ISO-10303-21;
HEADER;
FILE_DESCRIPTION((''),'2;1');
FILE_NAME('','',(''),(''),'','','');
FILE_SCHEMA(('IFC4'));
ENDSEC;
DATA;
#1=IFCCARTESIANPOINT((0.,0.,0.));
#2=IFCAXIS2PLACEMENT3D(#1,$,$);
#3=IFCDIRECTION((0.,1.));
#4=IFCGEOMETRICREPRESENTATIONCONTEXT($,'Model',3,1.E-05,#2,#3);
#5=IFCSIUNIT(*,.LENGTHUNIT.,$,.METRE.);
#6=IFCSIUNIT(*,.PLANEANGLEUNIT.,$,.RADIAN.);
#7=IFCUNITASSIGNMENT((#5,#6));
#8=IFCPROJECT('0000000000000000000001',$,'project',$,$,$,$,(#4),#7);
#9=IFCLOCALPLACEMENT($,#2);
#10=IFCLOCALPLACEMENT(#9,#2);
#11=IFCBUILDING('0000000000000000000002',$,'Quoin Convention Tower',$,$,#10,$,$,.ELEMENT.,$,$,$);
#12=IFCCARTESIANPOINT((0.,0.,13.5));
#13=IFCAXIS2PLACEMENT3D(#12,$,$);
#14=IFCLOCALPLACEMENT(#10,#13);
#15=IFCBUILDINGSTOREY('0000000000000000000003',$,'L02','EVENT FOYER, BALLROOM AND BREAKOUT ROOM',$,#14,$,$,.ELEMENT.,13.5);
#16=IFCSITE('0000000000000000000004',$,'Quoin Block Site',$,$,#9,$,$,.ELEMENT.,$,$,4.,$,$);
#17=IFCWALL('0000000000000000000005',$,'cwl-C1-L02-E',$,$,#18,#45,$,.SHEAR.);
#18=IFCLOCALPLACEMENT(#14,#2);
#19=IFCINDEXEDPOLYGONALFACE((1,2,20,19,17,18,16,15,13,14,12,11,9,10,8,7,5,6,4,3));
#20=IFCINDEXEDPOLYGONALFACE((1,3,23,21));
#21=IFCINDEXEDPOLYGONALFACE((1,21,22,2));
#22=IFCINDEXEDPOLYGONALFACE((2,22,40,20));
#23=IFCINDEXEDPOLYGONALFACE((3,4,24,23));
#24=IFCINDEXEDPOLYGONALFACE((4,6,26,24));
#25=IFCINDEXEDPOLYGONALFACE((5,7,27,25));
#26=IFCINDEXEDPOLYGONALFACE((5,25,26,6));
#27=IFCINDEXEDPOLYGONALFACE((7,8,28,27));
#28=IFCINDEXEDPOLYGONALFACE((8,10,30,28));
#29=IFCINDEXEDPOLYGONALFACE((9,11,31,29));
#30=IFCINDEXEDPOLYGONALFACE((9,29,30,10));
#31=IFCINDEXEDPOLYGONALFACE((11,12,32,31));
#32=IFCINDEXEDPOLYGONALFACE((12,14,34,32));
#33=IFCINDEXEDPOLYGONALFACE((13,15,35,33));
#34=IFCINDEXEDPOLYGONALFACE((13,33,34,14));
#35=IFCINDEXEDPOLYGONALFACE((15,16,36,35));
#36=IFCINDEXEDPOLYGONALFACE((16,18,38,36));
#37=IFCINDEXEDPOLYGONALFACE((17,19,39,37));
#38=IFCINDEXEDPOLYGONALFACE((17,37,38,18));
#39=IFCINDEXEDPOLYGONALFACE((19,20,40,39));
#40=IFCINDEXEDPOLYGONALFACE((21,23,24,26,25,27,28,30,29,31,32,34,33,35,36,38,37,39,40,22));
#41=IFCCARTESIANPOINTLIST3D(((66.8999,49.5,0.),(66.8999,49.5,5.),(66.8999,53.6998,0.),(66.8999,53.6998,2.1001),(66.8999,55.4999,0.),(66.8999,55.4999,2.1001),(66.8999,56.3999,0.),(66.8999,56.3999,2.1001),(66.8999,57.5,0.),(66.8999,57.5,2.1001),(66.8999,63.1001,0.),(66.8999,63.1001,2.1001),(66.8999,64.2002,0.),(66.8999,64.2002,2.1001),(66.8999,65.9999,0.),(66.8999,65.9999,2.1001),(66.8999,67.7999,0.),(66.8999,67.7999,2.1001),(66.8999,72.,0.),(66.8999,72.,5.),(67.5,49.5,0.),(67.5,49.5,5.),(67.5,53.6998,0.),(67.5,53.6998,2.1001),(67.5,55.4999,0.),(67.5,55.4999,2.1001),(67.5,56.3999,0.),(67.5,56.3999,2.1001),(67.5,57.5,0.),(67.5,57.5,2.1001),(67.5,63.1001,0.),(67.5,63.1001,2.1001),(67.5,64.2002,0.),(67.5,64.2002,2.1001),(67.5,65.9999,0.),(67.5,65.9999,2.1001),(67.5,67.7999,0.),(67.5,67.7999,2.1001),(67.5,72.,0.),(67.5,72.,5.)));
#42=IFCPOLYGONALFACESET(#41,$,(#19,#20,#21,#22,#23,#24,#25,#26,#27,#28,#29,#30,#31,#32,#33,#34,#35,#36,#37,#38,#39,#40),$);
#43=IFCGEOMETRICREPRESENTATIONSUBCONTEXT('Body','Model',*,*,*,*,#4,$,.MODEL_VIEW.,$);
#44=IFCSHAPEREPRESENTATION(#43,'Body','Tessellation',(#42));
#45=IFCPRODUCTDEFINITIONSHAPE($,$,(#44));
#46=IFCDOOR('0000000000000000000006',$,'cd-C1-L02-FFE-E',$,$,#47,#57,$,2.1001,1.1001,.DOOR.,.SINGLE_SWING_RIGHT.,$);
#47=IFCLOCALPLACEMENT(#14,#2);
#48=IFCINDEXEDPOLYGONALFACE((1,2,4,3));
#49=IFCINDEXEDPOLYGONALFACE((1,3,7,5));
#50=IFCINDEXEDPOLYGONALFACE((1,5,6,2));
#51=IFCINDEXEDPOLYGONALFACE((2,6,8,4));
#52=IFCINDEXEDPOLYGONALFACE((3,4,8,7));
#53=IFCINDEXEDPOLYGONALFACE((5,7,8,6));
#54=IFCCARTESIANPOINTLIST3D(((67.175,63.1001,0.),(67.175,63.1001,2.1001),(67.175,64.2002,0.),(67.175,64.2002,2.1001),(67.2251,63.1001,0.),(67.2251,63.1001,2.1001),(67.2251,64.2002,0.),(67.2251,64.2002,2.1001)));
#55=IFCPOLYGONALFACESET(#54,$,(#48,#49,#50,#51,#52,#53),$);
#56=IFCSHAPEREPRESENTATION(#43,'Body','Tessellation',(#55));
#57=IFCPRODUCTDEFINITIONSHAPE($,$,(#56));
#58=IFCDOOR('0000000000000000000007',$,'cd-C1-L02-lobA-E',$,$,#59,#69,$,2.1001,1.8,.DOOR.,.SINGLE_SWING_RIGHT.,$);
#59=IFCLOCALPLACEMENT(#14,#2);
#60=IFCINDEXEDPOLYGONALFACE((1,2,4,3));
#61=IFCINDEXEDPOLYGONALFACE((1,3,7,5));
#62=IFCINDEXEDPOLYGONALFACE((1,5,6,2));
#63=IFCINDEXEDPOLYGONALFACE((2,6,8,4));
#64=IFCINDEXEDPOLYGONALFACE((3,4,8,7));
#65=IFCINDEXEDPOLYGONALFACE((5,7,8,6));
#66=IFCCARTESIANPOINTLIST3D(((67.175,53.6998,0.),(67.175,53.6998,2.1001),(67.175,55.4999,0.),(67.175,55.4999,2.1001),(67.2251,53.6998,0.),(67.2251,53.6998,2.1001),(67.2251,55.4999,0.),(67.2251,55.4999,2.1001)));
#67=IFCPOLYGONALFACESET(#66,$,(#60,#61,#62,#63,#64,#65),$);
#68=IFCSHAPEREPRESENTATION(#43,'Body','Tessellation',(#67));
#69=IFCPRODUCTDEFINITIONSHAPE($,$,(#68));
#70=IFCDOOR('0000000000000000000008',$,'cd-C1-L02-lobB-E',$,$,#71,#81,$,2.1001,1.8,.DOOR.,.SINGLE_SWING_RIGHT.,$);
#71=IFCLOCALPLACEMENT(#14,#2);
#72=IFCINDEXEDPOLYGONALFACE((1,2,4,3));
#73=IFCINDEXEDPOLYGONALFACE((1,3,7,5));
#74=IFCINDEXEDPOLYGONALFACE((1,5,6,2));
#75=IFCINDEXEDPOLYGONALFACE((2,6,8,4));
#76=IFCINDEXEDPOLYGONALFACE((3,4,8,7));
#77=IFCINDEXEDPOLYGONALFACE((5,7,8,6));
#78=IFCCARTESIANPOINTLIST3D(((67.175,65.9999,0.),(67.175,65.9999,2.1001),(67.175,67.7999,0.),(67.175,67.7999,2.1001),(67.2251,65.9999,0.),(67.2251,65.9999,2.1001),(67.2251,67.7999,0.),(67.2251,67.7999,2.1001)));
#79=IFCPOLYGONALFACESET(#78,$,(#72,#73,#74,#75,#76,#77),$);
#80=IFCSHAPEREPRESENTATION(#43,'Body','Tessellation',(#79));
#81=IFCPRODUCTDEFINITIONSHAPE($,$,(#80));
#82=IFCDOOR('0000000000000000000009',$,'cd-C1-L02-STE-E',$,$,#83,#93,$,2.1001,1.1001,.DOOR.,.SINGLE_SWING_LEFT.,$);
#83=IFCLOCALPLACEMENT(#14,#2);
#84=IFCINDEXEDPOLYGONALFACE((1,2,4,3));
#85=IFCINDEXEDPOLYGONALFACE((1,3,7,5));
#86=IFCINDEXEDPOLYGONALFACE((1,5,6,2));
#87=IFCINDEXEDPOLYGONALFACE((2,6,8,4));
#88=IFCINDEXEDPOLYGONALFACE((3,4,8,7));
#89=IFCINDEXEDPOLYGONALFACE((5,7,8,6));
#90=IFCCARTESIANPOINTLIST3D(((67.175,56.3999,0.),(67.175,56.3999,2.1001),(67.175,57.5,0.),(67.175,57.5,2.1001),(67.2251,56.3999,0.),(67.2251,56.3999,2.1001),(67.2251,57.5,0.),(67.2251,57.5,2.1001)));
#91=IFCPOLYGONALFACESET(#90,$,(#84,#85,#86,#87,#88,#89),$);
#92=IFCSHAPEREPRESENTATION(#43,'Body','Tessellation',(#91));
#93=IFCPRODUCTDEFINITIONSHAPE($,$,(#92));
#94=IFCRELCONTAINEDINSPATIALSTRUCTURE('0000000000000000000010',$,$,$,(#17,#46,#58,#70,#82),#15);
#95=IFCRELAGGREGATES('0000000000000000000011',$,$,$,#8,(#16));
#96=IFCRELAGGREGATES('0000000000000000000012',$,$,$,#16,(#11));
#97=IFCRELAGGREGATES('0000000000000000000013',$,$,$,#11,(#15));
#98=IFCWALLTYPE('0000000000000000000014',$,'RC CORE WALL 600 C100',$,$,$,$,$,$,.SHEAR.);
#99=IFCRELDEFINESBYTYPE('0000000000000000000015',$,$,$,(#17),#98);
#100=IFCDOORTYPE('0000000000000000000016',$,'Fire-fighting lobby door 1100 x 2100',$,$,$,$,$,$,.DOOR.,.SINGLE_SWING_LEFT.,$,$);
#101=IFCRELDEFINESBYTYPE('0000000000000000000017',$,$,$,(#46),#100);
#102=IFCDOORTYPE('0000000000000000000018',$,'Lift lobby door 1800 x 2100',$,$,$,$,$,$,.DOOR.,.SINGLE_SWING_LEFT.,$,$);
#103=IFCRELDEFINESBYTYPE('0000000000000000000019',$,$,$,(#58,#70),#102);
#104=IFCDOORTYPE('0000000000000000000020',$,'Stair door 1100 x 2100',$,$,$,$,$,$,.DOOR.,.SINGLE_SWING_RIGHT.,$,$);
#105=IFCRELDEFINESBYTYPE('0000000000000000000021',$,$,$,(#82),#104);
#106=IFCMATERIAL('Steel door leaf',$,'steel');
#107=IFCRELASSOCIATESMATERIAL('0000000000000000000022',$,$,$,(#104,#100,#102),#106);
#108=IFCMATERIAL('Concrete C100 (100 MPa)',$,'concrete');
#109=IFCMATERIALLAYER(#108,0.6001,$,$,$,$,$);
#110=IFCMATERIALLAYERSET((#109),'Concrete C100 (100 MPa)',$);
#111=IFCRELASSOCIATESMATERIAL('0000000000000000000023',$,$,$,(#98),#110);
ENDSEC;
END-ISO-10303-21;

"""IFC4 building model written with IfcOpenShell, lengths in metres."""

from ifc_helpers import new_model, si_unit, direction, frame, frame_2d, origin, place, context, subcontext, project, spatial, rectangle, extrude, material, layer, layer_set, type_object, element, fill, save


model = new_model("IFC4")

# Units and contexts
model_context = context("Model", 3, precision=1e-05, world=origin(), true_north=direction((0.0, 1.0)))
body_context = subcontext(model_context, "Body", "Model", "MODEL_VIEW")
ifc_project = project(units=[si_unit("LENGTHUNIT", "METRE"), si_unit("PLANEANGLEUNIT", "RADIAN")], contexts=[model_context])

# Site, building, storey
site_placement = place(None, origin())
site = spatial("IfcSite", under=ifc_project, at=site_placement, Name="Quoin Block Site", CompositionType="ELEMENT", RefElevation=4.0)
building_placement = place(site_placement, origin())
building = spatial("IfcBuilding", under=site, at=building_placement, Name="Quoin Convention Tower", CompositionType="ELEMENT")
storey_placement = place(building_placement, frame((0.0, 0.0, 13.5)))
storey = spatial("IfcBuildingStorey", under=building, at=storey_placement, Name="L02", Description="EVENT FOYER, BALLROOM AND BREAKOUT ROOM", CompositionType="ELEMENT", Elevation=13.5)

# Shared definitions
ifc_material_1 = material(Name="Steel door leaf", Category="steel")
ifc_material_2 = material(Name="Concrete C100 (100 MPa)", Category="concrete")
door_type_1 = type_object("IfcDoorType", Name="Stair door 1100 x 2100", OperationType="SINGLE_SWING_RIGHT", PredefinedType="DOOR", material=ifc_material_1)

# Wall, openings, doors
ifc_layer_1 = layer(ifc_material_2, 0.6001)
ifc_layer_set_1 = layer_set([ifc_layer_1], Name="Concrete C100 (100 MPa)")
wall_type_1 = type_object("IfcWallType", Name="RC CORE WALL 600 C100", PredefinedType="SHEAR", material=ifc_layer_set_1)
wall_1_placement = place(storey_placement, frame((67.2, 49.5, 0.0), z_axis=(0.0, 0.0, 1.0), x_axis=(0.0, 1.0, 0.0)))
wall_1 = element("IfcWall", 1, at=wall_1_placement, inside=storey, type_object=wall_type_1, Name="cwl-C1-L02-E", PredefinedType="SHEAR", context=body_context, shape_type="SweptSolid", body=[
    extrude(rectangle(XDim=22.5, YDim=0.6001, at=frame_2d((11.25, 0.0))), origin(), (0.0, 0.0, 1.0), 5.0),
])
opening_1_placement = place(wall_1_placement, frame((4.2, 0.0, 0.0)))
opening_1 = element("IfcOpeningElement", 2, at=opening_1_placement, cuts=wall_1, PredefinedType="OPENING", context=body_context, shape_type="SweptSolid", body=[
    extrude(rectangle(XDim=1.8, YDim=2.1001, at=frame_2d((0.8999, 1.05))), frame((0.0, 0.3101, 0.0), z_axis=(0.0, -1.0, 0.0), x_axis=(1.0, 0.0, 0.0)), (0.0, 0.0, 1.0), 0.6201),
])
opening_2_placement = place(wall_1_placement, frame((6.8999, 0.0, 0.0)))
opening_2 = element("IfcOpeningElement", 3, at=opening_2_placement, cuts=wall_1, PredefinedType="OPENING", context=body_context, shape_type="SweptSolid", body=[
    extrude(rectangle(XDim=1.1001, YDim=2.1001, at=frame_2d((0.55, 1.05))), frame((0.0, 0.3101, 0.0), z_axis=(0.0, -1.0, 0.0), x_axis=(1.0, 0.0, 0.0)), (0.0, 0.0, 1.0), 0.6201),
])
opening_3_placement = place(wall_1_placement, frame((13.6001, 0.0, 0.0)))
opening_3 = element("IfcOpeningElement", 4, at=opening_3_placement, cuts=wall_1, PredefinedType="OPENING", context=body_context, shape_type="SweptSolid", body=[
    extrude(rectangle(XDim=1.1001, YDim=2.1001, at=frame_2d((0.55, 1.05))), frame((0.0, 0.3101, 0.0), z_axis=(0.0, -1.0, 0.0), x_axis=(1.0, 0.0, 0.0)), (0.0, 0.0, 1.0), 0.6201),
])
opening_4_placement = place(wall_1_placement, frame((16.5, 0.0, 0.0)))
opening_4 = element("IfcOpeningElement", 5, at=opening_4_placement, cuts=wall_1, PredefinedType="OPENING", context=body_context, shape_type="SweptSolid", body=[
    extrude(rectangle(XDim=1.8, YDim=2.1001, at=frame_2d((0.8999, 1.05))), frame((0.0, 0.3101, 0.0), z_axis=(0.0, -1.0, 0.0), x_axis=(1.0, 0.0, 0.0)), (0.0, 0.0, 1.0), 0.6201),
])
door_type_2 = type_object("IfcDoorType", Name="Fire-fighting lobby door 1100 x 2100", OperationType="SINGLE_SWING_LEFT", PredefinedType="DOOR", material=ifc_material_1)
door_1_placement = place(opening_3_placement, origin())
door_1 = element("IfcDoor", 6, at=door_1_placement, inside=storey, type_object=door_type_2, Name="cd-C1-L02-FFE-E", OperationType="SINGLE_SWING_RIGHT", OverallHeight=2.1001, OverallWidth=1.1001, PredefinedType="DOOR", context=body_context, shape_type="SweptSolid", body=[
    extrude(rectangle(XDim=1.1001, YDim=2.1001, at=frame_2d((0.55, 1.05))), frame((0.0, 0.0249, 0.0), z_axis=(0.0, -1.0, 0.0), x_axis=(1.0, 0.0, 0.0)), (0.0, 0.0, 1.0), 0.05),
])
fill(opening_3, door_1)
door_type_3 = type_object("IfcDoorType", Name="Lift lobby door 1800 x 2100", OperationType="SINGLE_SWING_LEFT", PredefinedType="DOOR", material=ifc_material_1)
door_2_placement = place(opening_1_placement, origin())
door_2 = element("IfcDoor", 7, at=door_2_placement, inside=storey, type_object=door_type_3, Name="cd-C1-L02-lobA-E", OperationType="SINGLE_SWING_RIGHT", OverallHeight=2.1001, OverallWidth=1.8, PredefinedType="DOOR", context=body_context, shape_type="SweptSolid", body=[
    extrude(rectangle(XDim=1.8, YDim=2.1001, at=frame_2d((0.8999, 1.05))), frame((0.0, 0.0249, 0.0), z_axis=(0.0, -1.0, 0.0), x_axis=(1.0, 0.0, 0.0)), (0.0, 0.0, 1.0), 0.05),
])
fill(opening_1, door_2)
door_3_placement = place(opening_4_placement, origin())
door_3 = element("IfcDoor", 8, at=door_3_placement, inside=storey, type_object=door_type_3, Name="cd-C1-L02-lobB-E", OperationType="SINGLE_SWING_RIGHT", OverallHeight=2.1001, OverallWidth=1.8, PredefinedType="DOOR", context=body_context, shape_type="SweptSolid", body=[
    extrude(rectangle(XDim=1.8, YDim=2.1001, at=frame_2d((0.8999, 1.05))), frame((0.0, 0.0249, 0.0), z_axis=(0.0, -1.0, 0.0), x_axis=(1.0, 0.0, 0.0)), (0.0, 0.0, 1.0), 0.05),
])
fill(opening_4, door_3)
door_4_placement = place(opening_2_placement, origin())
door_4 = element("IfcDoor", 9, at=door_4_placement, inside=storey, type_object=door_type_1, Name="cd-C1-L02-STE-E", OperationType="SINGLE_SWING_LEFT", OverallHeight=2.1001, OverallWidth=1.1001, PredefinedType="DOOR", context=body_context, shape_type="SweptSolid", body=[
    extrude(rectangle(XDim=1.1001, YDim=2.1001, at=frame_2d((0.55, 1.05))), frame((0.0, 0.0249, 0.0), z_axis=(0.0, -1.0, 0.0), x_axis=(1.0, 0.0, 0.0)), (0.0, 0.0, 1.0), 0.05),
])
fill(opening_2, door_4)

save(model, "model.ifc")
